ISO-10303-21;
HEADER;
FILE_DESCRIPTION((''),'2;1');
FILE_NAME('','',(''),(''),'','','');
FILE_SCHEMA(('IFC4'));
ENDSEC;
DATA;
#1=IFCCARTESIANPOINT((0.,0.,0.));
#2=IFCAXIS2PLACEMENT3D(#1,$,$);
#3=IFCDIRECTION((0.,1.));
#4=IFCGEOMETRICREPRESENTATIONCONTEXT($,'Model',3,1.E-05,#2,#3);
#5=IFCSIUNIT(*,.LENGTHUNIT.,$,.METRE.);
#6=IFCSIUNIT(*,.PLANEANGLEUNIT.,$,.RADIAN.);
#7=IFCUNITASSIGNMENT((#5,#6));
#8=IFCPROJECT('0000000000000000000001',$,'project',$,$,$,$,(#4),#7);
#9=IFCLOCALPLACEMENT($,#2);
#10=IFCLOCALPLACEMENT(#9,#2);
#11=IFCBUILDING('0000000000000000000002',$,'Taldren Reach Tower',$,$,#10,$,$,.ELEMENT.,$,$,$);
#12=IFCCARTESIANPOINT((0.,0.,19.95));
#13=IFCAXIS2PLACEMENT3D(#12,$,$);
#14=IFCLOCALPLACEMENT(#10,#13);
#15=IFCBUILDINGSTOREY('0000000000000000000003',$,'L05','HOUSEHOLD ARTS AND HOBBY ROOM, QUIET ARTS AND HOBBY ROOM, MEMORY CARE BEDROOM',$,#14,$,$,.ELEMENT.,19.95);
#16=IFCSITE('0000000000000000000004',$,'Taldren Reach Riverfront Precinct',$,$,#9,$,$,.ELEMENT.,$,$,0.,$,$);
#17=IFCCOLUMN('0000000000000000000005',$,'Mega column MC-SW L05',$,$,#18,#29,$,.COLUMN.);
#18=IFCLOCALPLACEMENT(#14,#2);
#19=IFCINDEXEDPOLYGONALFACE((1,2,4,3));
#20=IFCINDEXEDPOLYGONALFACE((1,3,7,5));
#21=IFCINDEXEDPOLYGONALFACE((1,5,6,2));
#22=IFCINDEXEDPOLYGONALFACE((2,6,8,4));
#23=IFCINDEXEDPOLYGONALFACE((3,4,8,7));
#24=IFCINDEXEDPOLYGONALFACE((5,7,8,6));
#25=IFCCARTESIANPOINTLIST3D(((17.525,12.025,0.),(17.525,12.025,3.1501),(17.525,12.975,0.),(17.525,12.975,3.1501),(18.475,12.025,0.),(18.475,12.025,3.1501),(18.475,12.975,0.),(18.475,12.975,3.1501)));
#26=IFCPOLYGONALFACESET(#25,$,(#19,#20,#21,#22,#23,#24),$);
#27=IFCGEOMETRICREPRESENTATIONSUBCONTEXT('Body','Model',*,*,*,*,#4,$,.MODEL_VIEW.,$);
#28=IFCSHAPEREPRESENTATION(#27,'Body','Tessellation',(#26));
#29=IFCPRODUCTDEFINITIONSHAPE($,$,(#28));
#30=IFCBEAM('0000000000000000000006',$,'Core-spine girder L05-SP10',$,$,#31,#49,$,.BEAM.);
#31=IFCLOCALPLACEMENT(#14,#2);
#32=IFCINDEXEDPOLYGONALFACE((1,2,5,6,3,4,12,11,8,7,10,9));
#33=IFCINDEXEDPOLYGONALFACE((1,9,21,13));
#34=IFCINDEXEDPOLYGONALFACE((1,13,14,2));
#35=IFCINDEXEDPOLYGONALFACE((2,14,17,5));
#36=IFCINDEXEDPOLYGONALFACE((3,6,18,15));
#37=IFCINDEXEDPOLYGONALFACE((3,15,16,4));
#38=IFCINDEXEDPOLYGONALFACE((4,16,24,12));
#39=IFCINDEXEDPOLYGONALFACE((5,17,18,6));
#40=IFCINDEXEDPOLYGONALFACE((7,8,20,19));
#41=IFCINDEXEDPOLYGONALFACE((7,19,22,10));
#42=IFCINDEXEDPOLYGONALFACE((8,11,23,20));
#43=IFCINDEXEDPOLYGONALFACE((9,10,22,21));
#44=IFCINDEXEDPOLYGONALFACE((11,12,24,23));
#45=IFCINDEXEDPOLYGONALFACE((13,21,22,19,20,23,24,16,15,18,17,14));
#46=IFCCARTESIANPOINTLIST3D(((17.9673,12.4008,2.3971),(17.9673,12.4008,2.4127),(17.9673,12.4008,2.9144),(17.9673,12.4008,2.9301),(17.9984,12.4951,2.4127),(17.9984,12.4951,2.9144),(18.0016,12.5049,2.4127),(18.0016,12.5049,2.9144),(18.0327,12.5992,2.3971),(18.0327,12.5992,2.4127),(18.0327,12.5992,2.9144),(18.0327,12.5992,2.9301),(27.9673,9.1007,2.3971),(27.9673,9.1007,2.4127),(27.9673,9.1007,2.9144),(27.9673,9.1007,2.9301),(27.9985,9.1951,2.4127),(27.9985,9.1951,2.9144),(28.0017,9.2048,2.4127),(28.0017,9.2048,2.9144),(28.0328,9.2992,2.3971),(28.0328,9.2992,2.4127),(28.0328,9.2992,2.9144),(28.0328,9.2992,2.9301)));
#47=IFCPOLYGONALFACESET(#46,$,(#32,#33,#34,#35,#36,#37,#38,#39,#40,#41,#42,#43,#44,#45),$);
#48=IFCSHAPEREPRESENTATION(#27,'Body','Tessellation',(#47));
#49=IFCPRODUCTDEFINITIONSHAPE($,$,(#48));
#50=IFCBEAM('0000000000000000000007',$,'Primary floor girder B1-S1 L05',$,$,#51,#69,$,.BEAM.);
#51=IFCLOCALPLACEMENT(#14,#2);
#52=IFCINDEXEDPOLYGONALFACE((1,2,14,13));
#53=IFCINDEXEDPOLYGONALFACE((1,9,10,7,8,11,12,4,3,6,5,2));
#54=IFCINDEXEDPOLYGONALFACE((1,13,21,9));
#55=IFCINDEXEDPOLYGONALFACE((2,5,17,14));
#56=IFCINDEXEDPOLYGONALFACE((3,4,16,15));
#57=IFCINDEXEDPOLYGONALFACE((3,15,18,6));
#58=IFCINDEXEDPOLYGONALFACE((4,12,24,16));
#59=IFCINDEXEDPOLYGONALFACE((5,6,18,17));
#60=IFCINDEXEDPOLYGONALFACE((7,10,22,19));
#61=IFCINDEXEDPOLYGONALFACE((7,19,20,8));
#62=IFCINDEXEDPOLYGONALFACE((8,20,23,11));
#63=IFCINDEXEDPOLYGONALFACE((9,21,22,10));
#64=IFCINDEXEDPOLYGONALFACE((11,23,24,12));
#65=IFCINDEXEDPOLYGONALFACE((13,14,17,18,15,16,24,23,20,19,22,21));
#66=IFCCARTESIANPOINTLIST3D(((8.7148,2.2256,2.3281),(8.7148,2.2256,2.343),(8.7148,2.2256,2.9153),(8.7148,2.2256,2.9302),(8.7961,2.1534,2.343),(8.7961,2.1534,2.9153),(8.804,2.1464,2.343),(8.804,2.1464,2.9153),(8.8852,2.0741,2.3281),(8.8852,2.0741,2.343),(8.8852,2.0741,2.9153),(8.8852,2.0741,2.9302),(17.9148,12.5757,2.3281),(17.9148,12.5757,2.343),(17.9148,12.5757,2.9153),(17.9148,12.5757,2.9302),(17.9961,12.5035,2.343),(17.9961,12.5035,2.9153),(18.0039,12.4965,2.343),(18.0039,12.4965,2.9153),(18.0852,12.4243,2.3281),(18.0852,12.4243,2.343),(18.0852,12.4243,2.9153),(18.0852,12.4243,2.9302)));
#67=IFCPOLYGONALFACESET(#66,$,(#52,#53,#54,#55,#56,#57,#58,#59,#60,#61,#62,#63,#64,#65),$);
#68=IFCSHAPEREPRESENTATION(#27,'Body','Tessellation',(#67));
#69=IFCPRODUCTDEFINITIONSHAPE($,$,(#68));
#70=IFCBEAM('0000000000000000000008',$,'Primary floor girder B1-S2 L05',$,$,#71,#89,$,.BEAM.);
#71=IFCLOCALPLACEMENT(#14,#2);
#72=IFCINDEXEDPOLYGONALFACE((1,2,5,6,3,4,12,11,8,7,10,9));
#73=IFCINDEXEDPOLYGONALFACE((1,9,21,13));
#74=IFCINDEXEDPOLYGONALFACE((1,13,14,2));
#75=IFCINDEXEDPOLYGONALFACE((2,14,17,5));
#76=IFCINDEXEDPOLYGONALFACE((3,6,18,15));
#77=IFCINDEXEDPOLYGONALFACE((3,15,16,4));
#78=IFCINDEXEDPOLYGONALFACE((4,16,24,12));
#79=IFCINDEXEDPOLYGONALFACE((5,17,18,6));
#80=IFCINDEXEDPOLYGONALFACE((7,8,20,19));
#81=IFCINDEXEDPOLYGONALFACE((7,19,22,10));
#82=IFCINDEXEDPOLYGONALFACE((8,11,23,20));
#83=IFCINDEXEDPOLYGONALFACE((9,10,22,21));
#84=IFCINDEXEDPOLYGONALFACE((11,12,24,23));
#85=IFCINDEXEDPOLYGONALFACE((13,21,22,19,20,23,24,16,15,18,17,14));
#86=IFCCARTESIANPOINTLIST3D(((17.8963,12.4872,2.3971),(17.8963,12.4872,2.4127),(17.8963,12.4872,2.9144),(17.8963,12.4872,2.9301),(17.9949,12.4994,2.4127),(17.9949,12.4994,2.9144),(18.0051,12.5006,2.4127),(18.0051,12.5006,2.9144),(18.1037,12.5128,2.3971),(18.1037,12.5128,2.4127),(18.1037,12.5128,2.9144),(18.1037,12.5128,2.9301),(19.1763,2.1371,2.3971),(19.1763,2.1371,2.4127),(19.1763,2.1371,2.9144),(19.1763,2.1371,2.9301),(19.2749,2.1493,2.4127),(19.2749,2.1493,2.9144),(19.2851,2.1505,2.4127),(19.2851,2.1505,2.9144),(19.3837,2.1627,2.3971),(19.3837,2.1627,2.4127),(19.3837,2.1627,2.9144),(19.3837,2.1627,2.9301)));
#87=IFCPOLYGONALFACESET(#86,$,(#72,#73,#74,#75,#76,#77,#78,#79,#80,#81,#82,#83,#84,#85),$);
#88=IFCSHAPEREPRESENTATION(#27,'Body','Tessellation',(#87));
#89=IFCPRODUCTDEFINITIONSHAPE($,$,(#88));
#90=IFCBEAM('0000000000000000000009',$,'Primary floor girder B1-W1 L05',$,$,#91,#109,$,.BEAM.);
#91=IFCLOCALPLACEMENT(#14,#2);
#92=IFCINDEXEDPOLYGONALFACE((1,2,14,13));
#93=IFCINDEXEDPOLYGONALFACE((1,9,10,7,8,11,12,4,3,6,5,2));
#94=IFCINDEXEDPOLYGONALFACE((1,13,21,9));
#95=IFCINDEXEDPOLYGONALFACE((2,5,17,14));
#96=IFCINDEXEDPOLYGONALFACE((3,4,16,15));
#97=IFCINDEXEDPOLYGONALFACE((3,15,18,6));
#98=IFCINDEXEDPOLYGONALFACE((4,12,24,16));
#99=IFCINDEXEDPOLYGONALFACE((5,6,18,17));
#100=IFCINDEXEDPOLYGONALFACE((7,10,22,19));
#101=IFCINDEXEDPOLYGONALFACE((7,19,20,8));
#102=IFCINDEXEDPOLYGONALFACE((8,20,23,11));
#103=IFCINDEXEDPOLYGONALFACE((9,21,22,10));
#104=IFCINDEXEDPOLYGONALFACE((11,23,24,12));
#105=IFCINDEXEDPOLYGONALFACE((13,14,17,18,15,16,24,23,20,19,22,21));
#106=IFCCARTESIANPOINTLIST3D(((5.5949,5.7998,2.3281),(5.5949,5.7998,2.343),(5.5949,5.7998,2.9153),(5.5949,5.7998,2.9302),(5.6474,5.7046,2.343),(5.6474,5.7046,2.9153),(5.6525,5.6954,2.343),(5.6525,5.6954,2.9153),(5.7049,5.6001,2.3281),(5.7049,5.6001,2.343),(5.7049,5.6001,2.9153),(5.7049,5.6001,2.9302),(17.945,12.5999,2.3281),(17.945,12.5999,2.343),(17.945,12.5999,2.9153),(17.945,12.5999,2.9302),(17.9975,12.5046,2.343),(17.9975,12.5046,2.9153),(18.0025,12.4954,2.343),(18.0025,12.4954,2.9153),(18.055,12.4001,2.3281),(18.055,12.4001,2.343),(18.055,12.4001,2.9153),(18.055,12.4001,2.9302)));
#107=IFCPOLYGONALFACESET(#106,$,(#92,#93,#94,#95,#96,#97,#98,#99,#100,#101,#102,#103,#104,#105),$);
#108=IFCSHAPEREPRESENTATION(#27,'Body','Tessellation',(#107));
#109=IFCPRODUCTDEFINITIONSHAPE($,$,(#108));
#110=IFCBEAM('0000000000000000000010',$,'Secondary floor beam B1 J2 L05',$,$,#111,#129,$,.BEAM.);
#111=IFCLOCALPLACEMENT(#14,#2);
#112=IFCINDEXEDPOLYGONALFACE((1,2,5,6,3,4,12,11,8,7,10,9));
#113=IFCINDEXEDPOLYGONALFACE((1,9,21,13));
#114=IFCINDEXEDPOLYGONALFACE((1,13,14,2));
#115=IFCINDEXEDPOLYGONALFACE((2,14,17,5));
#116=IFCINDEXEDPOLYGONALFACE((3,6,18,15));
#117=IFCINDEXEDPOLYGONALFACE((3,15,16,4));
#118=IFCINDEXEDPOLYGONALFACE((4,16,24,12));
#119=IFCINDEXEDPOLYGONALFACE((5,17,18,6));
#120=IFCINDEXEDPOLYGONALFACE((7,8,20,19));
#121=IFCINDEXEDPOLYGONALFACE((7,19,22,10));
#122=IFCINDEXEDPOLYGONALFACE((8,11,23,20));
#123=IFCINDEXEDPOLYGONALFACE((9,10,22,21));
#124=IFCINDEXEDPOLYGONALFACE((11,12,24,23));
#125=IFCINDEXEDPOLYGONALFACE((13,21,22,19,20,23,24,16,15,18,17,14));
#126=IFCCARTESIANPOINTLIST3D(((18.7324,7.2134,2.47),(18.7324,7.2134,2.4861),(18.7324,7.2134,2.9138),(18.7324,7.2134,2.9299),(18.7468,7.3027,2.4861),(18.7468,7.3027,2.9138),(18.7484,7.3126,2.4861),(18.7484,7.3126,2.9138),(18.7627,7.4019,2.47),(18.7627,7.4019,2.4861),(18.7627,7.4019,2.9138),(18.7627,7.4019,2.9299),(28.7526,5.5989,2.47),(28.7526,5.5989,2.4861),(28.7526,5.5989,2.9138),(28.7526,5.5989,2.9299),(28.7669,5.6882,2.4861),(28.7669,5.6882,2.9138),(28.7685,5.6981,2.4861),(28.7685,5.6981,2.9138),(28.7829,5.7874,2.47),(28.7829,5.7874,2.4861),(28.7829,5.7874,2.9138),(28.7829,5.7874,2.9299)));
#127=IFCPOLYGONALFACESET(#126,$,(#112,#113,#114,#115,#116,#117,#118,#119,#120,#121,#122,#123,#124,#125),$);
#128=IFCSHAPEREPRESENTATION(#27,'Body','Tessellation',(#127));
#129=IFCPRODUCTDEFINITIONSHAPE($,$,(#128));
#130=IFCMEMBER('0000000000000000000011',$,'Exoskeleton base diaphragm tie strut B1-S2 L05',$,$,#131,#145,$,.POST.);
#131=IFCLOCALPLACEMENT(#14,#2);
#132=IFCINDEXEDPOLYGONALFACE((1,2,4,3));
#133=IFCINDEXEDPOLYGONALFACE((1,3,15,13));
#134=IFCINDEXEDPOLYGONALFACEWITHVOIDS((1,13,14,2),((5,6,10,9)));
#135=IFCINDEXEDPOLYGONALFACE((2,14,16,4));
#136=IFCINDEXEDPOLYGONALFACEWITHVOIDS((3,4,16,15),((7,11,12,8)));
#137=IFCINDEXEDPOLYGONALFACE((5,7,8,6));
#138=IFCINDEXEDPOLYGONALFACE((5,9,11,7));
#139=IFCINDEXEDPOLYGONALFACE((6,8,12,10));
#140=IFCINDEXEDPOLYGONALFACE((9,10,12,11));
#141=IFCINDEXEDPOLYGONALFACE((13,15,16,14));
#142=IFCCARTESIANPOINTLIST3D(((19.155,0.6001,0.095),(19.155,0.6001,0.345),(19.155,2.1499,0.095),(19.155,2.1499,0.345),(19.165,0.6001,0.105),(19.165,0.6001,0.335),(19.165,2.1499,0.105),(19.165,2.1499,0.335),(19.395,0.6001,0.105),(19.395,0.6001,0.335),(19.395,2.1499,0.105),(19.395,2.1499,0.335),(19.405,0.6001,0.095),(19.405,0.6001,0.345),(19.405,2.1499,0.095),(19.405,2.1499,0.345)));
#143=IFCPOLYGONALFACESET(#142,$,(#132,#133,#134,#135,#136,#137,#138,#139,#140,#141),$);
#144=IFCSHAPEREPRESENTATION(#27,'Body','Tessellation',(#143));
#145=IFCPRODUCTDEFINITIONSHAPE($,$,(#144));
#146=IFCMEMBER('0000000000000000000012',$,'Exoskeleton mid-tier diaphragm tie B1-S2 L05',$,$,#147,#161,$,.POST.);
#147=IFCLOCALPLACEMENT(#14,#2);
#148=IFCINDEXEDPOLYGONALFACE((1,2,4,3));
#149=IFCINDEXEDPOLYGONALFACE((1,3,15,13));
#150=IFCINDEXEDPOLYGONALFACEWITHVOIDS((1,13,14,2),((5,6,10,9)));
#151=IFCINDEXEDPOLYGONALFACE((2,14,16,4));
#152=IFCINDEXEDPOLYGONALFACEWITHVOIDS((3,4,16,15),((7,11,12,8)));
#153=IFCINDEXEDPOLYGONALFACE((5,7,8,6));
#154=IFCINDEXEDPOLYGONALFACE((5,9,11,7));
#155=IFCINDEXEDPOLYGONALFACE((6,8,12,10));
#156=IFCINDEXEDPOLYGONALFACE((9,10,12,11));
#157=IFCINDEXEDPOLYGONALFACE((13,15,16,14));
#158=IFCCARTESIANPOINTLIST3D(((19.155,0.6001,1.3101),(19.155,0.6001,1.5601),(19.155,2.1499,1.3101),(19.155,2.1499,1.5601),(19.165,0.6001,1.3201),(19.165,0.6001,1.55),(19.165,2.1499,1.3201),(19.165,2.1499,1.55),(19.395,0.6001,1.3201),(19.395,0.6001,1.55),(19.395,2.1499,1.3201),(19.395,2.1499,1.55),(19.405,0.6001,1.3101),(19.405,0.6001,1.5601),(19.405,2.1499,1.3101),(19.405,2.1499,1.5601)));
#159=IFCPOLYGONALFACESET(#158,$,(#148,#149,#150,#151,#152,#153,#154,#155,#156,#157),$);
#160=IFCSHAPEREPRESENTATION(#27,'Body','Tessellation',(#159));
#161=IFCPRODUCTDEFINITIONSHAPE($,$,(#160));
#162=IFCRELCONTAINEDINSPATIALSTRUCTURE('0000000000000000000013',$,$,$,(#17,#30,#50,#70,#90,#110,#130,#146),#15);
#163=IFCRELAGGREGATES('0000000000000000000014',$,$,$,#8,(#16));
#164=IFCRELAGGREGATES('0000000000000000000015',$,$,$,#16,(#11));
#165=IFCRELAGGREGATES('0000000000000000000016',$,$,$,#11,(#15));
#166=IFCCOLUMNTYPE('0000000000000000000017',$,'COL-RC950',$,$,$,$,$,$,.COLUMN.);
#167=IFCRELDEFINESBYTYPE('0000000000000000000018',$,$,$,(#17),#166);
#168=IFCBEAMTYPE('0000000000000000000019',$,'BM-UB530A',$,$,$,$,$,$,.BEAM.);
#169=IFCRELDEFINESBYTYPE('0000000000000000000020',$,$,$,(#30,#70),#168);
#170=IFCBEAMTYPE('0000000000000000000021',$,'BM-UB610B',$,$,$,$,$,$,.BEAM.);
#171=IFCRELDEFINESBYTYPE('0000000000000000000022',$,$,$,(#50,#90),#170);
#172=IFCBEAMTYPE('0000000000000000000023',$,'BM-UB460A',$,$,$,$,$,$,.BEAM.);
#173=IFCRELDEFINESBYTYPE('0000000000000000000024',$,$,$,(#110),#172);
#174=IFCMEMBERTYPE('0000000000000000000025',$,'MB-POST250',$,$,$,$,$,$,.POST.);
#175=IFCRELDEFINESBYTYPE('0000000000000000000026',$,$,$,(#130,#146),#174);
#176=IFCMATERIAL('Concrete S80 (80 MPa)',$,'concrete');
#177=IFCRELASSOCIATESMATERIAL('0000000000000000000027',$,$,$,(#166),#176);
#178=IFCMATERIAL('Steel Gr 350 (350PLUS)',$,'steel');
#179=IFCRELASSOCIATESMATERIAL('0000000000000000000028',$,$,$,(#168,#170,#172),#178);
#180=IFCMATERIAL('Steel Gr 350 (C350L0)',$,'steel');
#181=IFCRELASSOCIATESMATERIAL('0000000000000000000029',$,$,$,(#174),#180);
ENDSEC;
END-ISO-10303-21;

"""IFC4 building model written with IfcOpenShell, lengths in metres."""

from ifc_helpers import new_model, si_unit, direction, frame, origin, origin_2d, place, context, subcontext, project, spatial, rectangle, hollow_rectangle, i_section, extrude, source, transform, mapped, material, material_profile, profile_set, type_object, element, save


model = new_model("IFC4")

# Units and contexts
model_context = context("Model", 3, precision=1e-05, world=origin(), true_north=direction((0.0, 1.0)))
body_context = subcontext(model_context, "Body", "Model", "MODEL_VIEW")
ifc_project = project(units=[si_unit("LENGTHUNIT", "METRE"), si_unit("PLANEANGLEUNIT", "RADIAN")], contexts=[model_context])

# Site, building, storey
site_placement = place(None, origin())
site = spatial("IfcSite", under=ifc_project, at=site_placement, Name="Taldren Reach Riverfront Precinct", CompositionType="ELEMENT", RefElevation=0.0)
building_placement = place(site_placement, origin())
building = spatial("IfcBuilding", under=site, at=building_placement, Name="Taldren Reach Tower", CompositionType="ELEMENT")
storey_placement = place(building_placement, frame((0.0, 0.0, 19.95)))
storey = spatial("IfcBuildingStorey", under=building, at=storey_placement, Name="L05", Description="HOUSEHOLD ARTS AND HOBBY ROOM, QUIET ARTS AND HOBBY ROOM, MEMORY CARE BEDROOM", CompositionType="ELEMENT", Elevation=19.95)

# Column
ifc_material_1 = material(Name="Concrete S80 (80 MPa)", Category="concrete")
ifc_material_profile_1 = material_profile(ifc_material_1, rectangle(XDim=0.95, YDim=0.95, at=origin_2d()), Name="RC-950x950")
ifc_profile_set_1 = profile_set([ifc_material_profile_1], Name="Concrete S80 (80 MPa)")
column_type = type_object("IfcColumnType", Name="COL-RC950", PredefinedType="COLUMN", material=ifc_profile_set_1)
shared_shape_1 = source(origin(), body_context, "Body", "SweptSolid", [
    extrude(rectangle(XDim=0.95, YDim=0.95, at=origin_2d()), origin(), (0.0, 0.0, 1.0), 3.1501),
])
column_placement = place(storey_placement, frame((18.0, 12.5, 0.0), z_axis=(0.0, 0.0, 1.0), x_axis=(1.0, 0.0, 0.0)))
element("IfcColumn", 1, at=column_placement, inside=storey, type_object=column_type, Name="Mega column MC-SW L05", PredefinedType="COLUMN", context=body_context, shape_type="MappedRepresentation", body=[
    mapped(shared_shape_1, transform((0.0, 0.0, 0.0), scale=1.0)),
])

# Beams
ifc_material_2 = material(Name="Steel Gr 350 (350PLUS)", Category="steel")
ifc_material_profile_2 = material_profile(ifc_material_2, i_section(OverallWidth=0.209, OverallDepth=0.533, WebThickness=0.0103, FlangeThickness=0.0156, at=origin_2d()), Name="530UB92.4")
ifc_profile_set_2 = profile_set([ifc_material_profile_2], Name="Steel Gr 350 (350PLUS)")
beam_type_1 = type_object("IfcBeamType", Name="BM-UB530A", PredefinedType="BEAM", material=ifc_profile_set_2)
shared_shape_2 = source(origin(), body_context, "Body", "SweptSolid", [
    extrude(i_section(OverallWidth=0.209, OverallDepth=0.533, WebThickness=0.0103, FlangeThickness=0.0156, at=origin_2d()), origin(), (0.0, 0.0, 1.0), 10.5305),
])
beam_1_placement = place(storey_placement, frame((18.0, 12.5, 2.6636), z_axis=(0.949627, -0.313382, 0.0), x_axis=(0.313382, 0.949627, 0.0)))
element("IfcBeam", 2, at=beam_1_placement, inside=storey, type_object=beam_type_1, Name="Core-spine girder L05-SP10", PredefinedType="BEAM", context=body_context, shape_type="MappedRepresentation", body=[
    mapped(shared_shape_2, transform((0.0, 0.0, 0.0), scale=1.0)),
])
ifc_material_profile_3 = material_profile(ifc_material_2, i_section(OverallWidth=0.228, OverallDepth=0.6021, WebThickness=0.0105, FlangeThickness=0.0149, at=origin_2d()), Name="610UB101")
ifc_profile_set_3 = profile_set([ifc_material_profile_3], Name="Steel Gr 350 (350PLUS)")
beam_type_2 = type_object("IfcBeamType", Name="BM-UB610B", PredefinedType="BEAM", material=ifc_profile_set_3)
shared_shape_3 = source(origin(), body_context, "Body", "SweptSolid", [
    extrude(i_section(OverallWidth=0.228, OverallDepth=0.6021, WebThickness=0.0105, FlangeThickness=0.0149, at=origin_2d()), origin(), (0.0, 0.0, 1.0), 13.8479),
])
beam_2_placement = place(storey_placement, frame((18.0, 12.5, 2.6292), z_axis=(-0.664358, -0.747414, 0.0), x_axis=(0.747414, -0.664358, 0.0)))
element("IfcBeam", 3, at=beam_2_placement, inside=storey, type_object=beam_type_2, Name="Primary floor girder B1-S1 L05", PredefinedType="BEAM", context=body_context, shape_type="MappedRepresentation", body=[
    mapped(shared_shape_3, transform((0.0, 0.0, 0.0), scale=1.0)),
])
shared_shape_4 = source(origin(), body_context, "Body", "SweptSolid", [
    extrude(i_section(OverallWidth=0.209, OverallDepth=0.533, WebThickness=0.0103, FlangeThickness=0.0156, at=origin_2d()), origin(), (0.0, 0.0, 1.0), 10.429),
])
beam_3_placement = place(storey_placement, frame((18.0, 12.5, 2.6636), z_axis=(0.122738, -0.992439, 0.0), x_axis=(0.992439, 0.122738, 0.0)))
element("IfcBeam", 4, at=beam_3_placement, inside=storey, type_object=beam_type_1, Name="Primary floor girder B1-S2 L05", PredefinedType="BEAM", context=body_context, shape_type="MappedRepresentation", body=[
    mapped(shared_shape_4, transform((0.0, 0.0, 0.0), scale=1.0)),
])
shared_shape_5 = source(origin(), body_context, "Body", "SweptSolid", [
    extrude(i_section(OverallWidth=0.228, OverallDepth=0.6021, WebThickness=0.0105, FlangeThickness=0.0149, at=origin_2d()), origin(), (0.0, 0.0, 1.0), 14.0984),
])
beam_4_placement = place(storey_placement, frame((18.0, 12.5, 2.6292), z_axis=(-0.875991, -0.482327, 0.0), x_axis=(0.482327, -0.875991, 0.0)))
element("IfcBeam", 5, at=beam_4_placement, inside=storey, type_object=beam_type_2, Name="Primary floor girder B1-W1 L05", PredefinedType="BEAM", context=body_context, shape_type="MappedRepresentation", body=[
    mapped(shared_shape_5, transform((0.0, 0.0, 0.0), scale=1.0)),
])
ifc_material_profile_4 = material_profile(ifc_material_2, i_section(OverallWidth=0.1909, OverallDepth=0.46, WebThickness=0.01, FlangeThickness=0.0161, at=origin_2d()), Name="460UB82.1")
ifc_profile_set_4 = profile_set([ifc_material_profile_4], Name="Steel Gr 350 (350PLUS)")
beam_type_3 = type_object("IfcBeamType", Name="BM-UB460A", PredefinedType="BEAM", material=ifc_profile_set_4)
shared_shape_6 = source(origin(), body_context, "Body", "SweptSolid", [
    extrude(i_section(OverallWidth=0.1909, OverallDepth=0.46, WebThickness=0.01, FlangeThickness=0.0161, at=origin_2d()), origin(), (0.0, 0.0, 1.0), 10.1494),
])
beam_5_placement = place(storey_placement, frame((18.7476, 7.3076, 2.7), z_axis=(0.987267, -0.159072, 0.0), x_axis=(0.159072, 0.987267, 0.0)))
element("IfcBeam", 6, at=beam_5_placement, inside=storey, type_object=beam_type_3, Name="Secondary floor beam B1 J2 L05", PredefinedType="BEAM", context=body_context, shape_type="MappedRepresentation", body=[
    mapped(shared_shape_6, transform((0.0, 0.0, 0.0), scale=1.0)),
])

# Members
ifc_material_3 = material(Name="Steel Gr 350 (C350L0)", Category="steel")
ifc_material_profile_5 = material_profile(ifc_material_3, hollow_rectangle(XDim=0.25, YDim=0.25, WallThickness=0.01, at=origin_2d()), Name="250x250x10.0SHS")
ifc_profile_set_5 = profile_set([ifc_material_profile_5], Name="Steel Gr 350 (C350L0)")
member_type = type_object("IfcMemberType", Name="MB-POST250", PredefinedType="POST", material=ifc_profile_set_5)
shared_shape_7 = source(origin(), body_context, "Body", "SweptSolid", [
    extrude(hollow_rectangle(XDim=0.25, YDim=0.25, WallThickness=0.01, at=origin_2d()), origin(), (0.0, 0.0, 1.0), 1.5498),
])
for number, where, z_axis, x_axis, name in (
    (7, (19.28, 2.1499, 0.22), (0.0, -1.0, 0.0), (1.0, 0.0, 0.0), "Exoskeleton base diaphragm tie strut B1-S2 L05"),
    (8, (19.28, 2.1499, 1.4351), (0.0, -1.0, 0.0), (1.0, 0.0, 0.0), "Exoskeleton mid-tier diaphragm tie B1-S2 L05"),
):
    element("IfcMember", number, at=place(storey_placement, frame(where, z_axis=z_axis, x_axis=x_axis)), inside=storey, type_object=member_type, Name=name, PredefinedType="POST", context=body_context, shape_type="MappedRepresentation", body=[
        mapped(shared_shape_7, transform((0.0, 0.0, 0.0), scale=1.0)),
    ])

save(model, "model.ifc")
